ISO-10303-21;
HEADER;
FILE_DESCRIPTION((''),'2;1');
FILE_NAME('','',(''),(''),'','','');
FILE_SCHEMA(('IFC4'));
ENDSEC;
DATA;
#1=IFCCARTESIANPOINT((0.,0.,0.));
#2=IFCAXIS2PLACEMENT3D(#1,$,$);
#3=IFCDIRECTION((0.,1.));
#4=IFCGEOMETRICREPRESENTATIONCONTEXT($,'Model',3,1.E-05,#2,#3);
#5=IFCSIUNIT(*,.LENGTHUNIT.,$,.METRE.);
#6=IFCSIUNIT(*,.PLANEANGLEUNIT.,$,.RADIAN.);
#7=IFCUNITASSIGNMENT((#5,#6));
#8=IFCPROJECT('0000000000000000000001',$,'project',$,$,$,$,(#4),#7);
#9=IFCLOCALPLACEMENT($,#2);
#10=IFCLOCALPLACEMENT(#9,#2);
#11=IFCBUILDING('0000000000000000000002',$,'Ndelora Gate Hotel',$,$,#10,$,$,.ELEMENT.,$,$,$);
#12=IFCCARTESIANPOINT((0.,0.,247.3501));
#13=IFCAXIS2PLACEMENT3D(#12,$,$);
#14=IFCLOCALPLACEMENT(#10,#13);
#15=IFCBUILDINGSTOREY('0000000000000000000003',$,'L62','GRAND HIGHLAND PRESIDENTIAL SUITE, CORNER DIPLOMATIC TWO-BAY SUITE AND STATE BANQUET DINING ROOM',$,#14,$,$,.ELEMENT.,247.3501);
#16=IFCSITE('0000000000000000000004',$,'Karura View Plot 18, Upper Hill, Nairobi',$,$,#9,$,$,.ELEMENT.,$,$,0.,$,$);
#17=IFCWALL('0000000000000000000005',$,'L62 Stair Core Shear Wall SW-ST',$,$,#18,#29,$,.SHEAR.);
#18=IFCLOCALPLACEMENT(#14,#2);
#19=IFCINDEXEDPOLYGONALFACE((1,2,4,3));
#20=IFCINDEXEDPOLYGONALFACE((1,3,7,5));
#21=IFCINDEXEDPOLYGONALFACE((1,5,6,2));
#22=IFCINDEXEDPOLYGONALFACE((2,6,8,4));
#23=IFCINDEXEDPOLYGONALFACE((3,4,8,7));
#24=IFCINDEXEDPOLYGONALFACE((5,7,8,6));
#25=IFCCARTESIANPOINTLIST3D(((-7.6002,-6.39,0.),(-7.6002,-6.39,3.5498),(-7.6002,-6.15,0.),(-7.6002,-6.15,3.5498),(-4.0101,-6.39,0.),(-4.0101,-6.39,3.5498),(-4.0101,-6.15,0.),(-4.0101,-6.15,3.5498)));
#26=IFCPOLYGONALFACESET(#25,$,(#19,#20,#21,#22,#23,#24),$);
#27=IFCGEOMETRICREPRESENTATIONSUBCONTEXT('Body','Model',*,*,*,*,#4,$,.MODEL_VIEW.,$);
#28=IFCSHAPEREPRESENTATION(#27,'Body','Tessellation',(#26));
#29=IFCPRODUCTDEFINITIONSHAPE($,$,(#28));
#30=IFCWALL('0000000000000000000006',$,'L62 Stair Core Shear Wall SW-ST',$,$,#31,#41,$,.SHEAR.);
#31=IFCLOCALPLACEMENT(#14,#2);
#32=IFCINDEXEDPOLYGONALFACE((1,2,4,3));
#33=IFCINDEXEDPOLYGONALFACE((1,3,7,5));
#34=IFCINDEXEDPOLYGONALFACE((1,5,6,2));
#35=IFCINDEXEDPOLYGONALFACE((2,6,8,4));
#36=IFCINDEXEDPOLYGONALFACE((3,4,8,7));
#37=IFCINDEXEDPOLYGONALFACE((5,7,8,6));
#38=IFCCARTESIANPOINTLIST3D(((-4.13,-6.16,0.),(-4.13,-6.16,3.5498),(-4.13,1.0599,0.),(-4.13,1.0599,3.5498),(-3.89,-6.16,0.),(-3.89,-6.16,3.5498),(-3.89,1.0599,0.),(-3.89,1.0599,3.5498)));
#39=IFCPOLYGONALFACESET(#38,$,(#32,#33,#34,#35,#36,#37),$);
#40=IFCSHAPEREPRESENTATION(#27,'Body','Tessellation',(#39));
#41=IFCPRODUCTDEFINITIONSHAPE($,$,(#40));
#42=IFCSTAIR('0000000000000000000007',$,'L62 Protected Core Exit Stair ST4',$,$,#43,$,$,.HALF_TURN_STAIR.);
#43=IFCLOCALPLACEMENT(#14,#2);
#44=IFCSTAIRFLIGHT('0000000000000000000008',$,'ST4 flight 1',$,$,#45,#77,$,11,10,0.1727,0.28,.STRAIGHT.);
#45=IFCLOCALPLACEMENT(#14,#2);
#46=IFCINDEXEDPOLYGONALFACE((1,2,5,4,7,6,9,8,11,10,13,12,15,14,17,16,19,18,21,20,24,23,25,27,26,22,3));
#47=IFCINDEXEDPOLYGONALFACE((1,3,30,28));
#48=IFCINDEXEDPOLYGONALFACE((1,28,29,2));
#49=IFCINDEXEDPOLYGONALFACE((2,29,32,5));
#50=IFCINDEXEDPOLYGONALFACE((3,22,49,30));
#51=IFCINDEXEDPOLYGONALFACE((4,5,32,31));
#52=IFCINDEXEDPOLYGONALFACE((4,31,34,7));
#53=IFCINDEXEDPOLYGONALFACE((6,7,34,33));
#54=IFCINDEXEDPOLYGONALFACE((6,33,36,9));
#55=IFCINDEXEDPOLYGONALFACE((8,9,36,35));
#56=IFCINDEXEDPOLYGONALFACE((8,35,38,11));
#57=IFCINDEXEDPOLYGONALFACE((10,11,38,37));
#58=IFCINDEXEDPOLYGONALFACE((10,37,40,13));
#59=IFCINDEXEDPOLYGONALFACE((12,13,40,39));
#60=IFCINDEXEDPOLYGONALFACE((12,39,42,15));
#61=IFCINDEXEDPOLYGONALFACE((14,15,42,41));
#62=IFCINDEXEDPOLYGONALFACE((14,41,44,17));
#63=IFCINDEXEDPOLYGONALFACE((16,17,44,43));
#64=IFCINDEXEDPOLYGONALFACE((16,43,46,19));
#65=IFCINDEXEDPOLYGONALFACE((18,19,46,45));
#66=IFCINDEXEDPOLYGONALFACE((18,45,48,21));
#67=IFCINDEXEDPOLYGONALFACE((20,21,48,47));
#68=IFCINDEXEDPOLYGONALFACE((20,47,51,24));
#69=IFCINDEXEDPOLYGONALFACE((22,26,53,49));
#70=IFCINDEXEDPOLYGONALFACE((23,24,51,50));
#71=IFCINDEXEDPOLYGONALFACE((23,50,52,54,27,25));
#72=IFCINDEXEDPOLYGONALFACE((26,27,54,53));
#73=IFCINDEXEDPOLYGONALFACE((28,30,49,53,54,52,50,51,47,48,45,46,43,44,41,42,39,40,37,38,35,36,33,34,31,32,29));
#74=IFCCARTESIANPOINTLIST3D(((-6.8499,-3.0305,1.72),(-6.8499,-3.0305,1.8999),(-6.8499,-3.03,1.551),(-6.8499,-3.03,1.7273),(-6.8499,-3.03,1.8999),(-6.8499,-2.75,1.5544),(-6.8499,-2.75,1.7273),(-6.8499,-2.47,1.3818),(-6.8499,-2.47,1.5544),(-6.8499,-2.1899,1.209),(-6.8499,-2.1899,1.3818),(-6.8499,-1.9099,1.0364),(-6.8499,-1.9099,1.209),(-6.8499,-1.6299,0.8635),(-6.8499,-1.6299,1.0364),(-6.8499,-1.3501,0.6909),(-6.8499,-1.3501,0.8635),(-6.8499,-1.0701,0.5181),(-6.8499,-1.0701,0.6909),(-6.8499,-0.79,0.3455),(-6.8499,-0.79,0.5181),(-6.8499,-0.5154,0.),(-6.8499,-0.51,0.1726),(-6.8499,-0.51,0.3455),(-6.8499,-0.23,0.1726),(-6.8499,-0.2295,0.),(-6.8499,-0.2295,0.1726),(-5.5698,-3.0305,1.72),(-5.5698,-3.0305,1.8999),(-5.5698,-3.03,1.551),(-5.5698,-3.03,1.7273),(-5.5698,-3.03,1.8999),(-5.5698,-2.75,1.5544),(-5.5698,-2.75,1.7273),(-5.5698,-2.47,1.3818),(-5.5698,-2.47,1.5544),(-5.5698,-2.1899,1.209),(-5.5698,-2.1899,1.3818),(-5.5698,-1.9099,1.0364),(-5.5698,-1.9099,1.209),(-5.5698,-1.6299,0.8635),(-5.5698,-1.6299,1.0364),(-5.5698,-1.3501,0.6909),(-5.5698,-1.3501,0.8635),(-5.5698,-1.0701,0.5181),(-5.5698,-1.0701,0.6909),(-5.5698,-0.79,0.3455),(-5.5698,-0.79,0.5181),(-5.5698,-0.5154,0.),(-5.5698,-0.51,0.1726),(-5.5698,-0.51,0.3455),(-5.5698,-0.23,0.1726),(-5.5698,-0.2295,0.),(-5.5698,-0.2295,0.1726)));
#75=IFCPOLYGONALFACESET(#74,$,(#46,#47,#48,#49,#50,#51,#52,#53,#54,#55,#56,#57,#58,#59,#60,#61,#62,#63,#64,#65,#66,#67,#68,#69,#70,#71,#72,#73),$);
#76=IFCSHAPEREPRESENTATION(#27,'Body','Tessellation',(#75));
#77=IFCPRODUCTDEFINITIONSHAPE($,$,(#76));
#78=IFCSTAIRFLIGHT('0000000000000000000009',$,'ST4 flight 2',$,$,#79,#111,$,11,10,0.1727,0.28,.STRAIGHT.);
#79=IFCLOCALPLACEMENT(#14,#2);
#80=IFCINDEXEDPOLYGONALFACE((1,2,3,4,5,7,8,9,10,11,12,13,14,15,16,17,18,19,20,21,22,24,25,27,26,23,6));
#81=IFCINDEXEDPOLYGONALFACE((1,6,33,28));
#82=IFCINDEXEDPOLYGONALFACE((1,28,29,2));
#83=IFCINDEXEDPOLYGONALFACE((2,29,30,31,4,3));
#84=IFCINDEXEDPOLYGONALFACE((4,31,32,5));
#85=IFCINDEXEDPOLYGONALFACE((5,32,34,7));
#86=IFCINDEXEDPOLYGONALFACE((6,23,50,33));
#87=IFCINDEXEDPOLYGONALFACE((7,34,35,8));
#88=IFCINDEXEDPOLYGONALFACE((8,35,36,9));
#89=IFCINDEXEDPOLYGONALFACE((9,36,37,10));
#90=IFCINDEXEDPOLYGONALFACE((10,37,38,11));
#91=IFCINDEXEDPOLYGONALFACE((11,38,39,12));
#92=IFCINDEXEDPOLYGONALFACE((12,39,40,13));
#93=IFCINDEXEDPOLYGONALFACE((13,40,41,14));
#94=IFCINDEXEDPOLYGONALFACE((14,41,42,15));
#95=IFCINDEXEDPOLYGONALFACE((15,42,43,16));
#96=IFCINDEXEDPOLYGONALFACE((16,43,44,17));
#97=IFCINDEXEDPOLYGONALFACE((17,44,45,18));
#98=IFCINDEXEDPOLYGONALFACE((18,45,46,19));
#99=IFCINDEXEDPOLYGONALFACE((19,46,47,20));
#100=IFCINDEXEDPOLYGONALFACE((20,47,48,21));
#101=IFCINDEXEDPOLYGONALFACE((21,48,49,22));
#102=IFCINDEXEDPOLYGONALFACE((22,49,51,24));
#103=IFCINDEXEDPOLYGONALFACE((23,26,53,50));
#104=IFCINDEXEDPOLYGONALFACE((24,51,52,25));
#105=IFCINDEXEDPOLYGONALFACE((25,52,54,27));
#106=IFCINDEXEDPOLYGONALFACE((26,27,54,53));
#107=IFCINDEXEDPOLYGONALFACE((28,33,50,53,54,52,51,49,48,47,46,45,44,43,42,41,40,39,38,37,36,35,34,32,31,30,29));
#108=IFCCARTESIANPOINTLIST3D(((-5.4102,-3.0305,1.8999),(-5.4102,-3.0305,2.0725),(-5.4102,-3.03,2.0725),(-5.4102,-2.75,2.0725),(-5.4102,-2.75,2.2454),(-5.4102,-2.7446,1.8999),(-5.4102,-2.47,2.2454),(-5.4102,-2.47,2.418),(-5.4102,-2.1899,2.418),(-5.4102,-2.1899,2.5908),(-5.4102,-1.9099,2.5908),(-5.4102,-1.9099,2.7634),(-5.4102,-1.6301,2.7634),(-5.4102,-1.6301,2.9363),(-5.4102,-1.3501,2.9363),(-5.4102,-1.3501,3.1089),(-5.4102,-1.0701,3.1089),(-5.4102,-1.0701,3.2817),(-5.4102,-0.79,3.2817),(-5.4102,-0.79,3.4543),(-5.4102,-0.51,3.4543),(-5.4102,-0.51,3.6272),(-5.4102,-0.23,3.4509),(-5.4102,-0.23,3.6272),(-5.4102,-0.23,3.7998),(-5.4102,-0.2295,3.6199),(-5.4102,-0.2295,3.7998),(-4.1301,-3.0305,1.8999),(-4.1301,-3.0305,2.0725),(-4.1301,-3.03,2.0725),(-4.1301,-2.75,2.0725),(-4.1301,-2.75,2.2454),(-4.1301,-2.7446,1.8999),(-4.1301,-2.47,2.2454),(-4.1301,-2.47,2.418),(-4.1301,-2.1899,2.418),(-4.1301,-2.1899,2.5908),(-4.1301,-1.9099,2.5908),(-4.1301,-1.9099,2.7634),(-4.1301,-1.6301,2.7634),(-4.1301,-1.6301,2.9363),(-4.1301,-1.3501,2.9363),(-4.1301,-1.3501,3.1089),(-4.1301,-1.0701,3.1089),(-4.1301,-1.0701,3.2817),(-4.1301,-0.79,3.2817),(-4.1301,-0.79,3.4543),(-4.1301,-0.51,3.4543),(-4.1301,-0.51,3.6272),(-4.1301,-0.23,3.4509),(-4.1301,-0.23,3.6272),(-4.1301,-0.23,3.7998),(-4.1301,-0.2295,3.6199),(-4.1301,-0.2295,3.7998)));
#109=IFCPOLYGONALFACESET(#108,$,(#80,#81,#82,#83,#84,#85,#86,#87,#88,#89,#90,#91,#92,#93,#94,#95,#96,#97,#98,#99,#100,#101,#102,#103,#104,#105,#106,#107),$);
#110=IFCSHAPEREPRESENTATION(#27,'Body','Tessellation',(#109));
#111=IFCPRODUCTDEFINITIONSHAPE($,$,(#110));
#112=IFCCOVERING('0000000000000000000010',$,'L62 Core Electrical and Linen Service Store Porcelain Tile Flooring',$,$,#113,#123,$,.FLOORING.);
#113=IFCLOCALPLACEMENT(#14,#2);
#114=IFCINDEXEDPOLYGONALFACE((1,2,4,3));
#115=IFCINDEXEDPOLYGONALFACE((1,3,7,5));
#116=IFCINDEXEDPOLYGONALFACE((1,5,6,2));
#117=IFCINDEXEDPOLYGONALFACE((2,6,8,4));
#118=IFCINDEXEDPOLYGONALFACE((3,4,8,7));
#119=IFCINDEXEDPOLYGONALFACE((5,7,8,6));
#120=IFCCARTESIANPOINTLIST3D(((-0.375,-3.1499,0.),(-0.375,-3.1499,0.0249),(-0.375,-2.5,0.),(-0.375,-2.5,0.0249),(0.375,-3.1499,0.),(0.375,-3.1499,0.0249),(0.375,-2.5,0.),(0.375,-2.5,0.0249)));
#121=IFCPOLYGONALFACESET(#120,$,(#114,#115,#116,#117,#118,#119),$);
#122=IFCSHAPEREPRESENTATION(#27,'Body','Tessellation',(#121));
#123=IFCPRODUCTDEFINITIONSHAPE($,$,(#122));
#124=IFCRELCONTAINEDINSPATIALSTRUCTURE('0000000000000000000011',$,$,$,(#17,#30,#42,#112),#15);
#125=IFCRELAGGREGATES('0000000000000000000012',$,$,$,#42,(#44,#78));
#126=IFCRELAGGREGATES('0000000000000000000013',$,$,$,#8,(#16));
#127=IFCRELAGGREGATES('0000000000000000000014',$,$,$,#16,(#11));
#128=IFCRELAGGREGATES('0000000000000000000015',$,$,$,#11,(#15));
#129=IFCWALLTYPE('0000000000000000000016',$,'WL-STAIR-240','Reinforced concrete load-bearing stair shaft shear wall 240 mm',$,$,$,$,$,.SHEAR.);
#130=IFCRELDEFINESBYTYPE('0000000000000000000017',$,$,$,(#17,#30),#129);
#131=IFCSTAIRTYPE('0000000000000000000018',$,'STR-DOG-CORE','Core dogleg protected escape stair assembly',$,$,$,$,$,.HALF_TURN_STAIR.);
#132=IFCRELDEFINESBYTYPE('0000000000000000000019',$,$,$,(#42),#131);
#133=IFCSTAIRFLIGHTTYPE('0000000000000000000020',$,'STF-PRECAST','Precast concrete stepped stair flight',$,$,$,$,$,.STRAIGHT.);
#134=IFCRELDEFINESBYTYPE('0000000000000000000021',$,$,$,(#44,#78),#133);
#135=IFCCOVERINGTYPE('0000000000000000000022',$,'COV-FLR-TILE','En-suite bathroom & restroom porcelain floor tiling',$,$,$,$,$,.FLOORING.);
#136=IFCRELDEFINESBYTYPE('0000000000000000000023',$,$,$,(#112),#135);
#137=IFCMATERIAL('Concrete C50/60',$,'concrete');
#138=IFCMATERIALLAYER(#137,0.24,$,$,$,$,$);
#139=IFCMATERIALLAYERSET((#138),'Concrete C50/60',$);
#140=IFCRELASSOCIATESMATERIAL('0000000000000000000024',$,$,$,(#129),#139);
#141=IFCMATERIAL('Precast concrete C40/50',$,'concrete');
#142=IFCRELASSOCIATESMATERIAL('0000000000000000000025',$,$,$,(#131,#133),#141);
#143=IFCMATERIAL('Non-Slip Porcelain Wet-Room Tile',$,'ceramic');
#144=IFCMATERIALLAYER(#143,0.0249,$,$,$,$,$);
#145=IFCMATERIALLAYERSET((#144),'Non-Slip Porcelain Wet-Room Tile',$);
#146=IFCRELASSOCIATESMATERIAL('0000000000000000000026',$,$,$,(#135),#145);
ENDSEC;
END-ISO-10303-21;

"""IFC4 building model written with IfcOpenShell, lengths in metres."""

from ifc_helpers import new_model, si_unit, direction, frame, frame_2d, origin, origin_2d, place, context, subcontext, project, spatial, polyline, rectangle, outline, extrude, material, layer, layer_set, type_object, element, aggregate, save


model = new_model("IFC4")

# Units and contexts
model_context = context("Model", 3, precision=1e-05, world=origin(), true_north=direction((0.0, 1.0)))
body_context = subcontext(model_context, "Body", "Model", "MODEL_VIEW")
ifc_project = project(units=[si_unit("LENGTHUNIT", "METRE"), si_unit("PLANEANGLEUNIT", "RADIAN")], contexts=[model_context])

# Site, building, storey
site_placement = place(None, origin())
site = spatial("IfcSite", under=ifc_project, at=site_placement, Name="Karura View Plot 18, Upper Hill, Nairobi", CompositionType="ELEMENT", RefElevation=0.0)
building_placement = place(site_placement, origin())
building = spatial("IfcBuilding", under=site, at=building_placement, Name="Ndelora Gate Hotel", CompositionType="ELEMENT")
storey_placement = place(building_placement, frame((0.0, 0.0, 247.3501)))
storey = spatial("IfcBuildingStorey", under=building, at=storey_placement, Name="L62", Description="GRAND HIGHLAND PRESIDENTIAL SUITE, CORNER DIPLOMATIC TWO-BAY SUITE AND STATE BANQUET DINING ROOM", CompositionType="ELEMENT", Elevation=247.3501)

# Shared definitions
ifc_material_1 = material(Name="Concrete C50/60", Category="concrete")

# Walls
ifc_layer_1 = layer(ifc_material_1, 0.24)
ifc_layer_set_1 = layer_set([ifc_layer_1], Name="Concrete C50/60")
wall_type_1 = type_object("IfcWallType", Name="WL-STAIR-240", Description="Reinforced concrete load-bearing stair shaft shear wall 240 mm", PredefinedType="SHEAR", material=ifc_layer_set_1)
wall_1_placement = place(storey_placement, frame((-7.6001, -6.27, 0.0), z_axis=(0.0, 0.0, 1.0), x_axis=(1.0, 0.0, 0.0)))
element("IfcWall", 1, at=wall_1_placement, inside=storey, type_object=wall_type_1, Name="L62 Stair Core Shear Wall SW-ST", PredefinedType="SHEAR", context=body_context, shape_type="SweptSolid", body=[
    extrude(rectangle(XDim=3.5901, YDim=0.24, at=frame_2d((1.7949, 0.0))), origin(), (0.0, 0.0, 1.0), 3.5498),
])
wall_2_placement = place(storey_placement, frame((-4.01, -6.1599, 0.0), z_axis=(0.0, 0.0, 1.0), x_axis=(0.0, 1.0, 0.0)))
element("IfcWall", 2, at=wall_2_placement, inside=storey, type_object=wall_type_1, Name="L62 Stair Core Shear Wall SW-ST", PredefinedType="SHEAR", context=body_context, shape_type="SweptSolid", body=[
    extrude(rectangle(XDim=7.22, YDim=0.24, at=frame_2d((3.6099, 0.0))), origin(), (0.0, 0.0, 1.0), 3.5498),
])

# Stair, stair flights
ifc_material_2 = material(Name="Precast concrete C40/50", Category="concrete")
stair_type = type_object("IfcStairType", Name="STR-DOG-CORE", Description="Core dogleg protected escape stair assembly", PredefinedType="HALF_TURN_STAIR", material=ifc_material_2)
stair_placement = place(storey_placement, origin())
stair = element("IfcStair", 3, at=stair_placement, inside=storey, type_object=stair_type, Name="L62 Protected Core Exit Stair ST4", PredefinedType="HALF_TURN_STAIR")
stair_flight_type = type_object("IfcStairFlightType", Name="STF-PRECAST", Description="Precast concrete stepped stair flight", PredefinedType="STRAIGHT", material=ifc_material_2)
stair_flight_1_placement = place(storey_placement, frame((-6.21, -0.23, 0.0), z_axis=(0.0, 0.0, 1.0), x_axis=(0.0, -1.0, 0.0)))
stair_flight_1 = element("IfcStairFlight", 4, at=stair_flight_1_placement, type_object=stair_flight_type, Name="ST4 flight 1", NumberOfRisers=11, NumberOfTreads=10, PredefinedType="STRAIGHT", RiserHeight=0.1727, TreadLength=0.28, context=body_context, shape_type="SweptSolid", body=[
    extrude(outline(polyline([(-0.0005, 0.0), (-0.0005, 0.1726), (0.0, 0.1726), (0.28, 0.1726), (0.28, 0.3455), (0.5601, 0.3455), (0.5601, 0.5181), (0.8401, 0.5181), (0.8401, 0.6909), (1.1201, 0.6909), (1.1201, 0.8635), (1.3999, 0.8635), (1.3999, 1.0364), (1.6799, 1.0364), (1.6799, 1.209), (1.96, 1.209), (1.96, 1.3818), (2.24, 1.3818), (2.24, 1.5544), (2.52, 1.5544), (2.52, 1.7273), (2.8, 1.7273), (2.8, 1.8999), (2.8005, 1.8999), (2.8005, 1.72), (2.8, 1.551), (0.2854, 0.0), (-0.0005, 0.0)])), frame((0.0, 0.6401, 0.0), z_axis=(0.0, -1.0, 0.0), x_axis=(1.0, 0.0, 0.0)), (0.0, 0.0, 1.0), 1.28),
])
stair_flight_2_placement = place(storey_placement, frame((-4.77, -3.03, 1.8999), z_axis=(0.0, 0.0, 1.0), x_axis=(0.0, 1.0, 0.0)))
stair_flight_2 = element("IfcStairFlight", 5, at=stair_flight_2_placement, type_object=stair_flight_type, Name="ST4 flight 2", NumberOfRisers=11, NumberOfTreads=10, PredefinedType="STRAIGHT", RiserHeight=0.1727, TreadLength=0.28, context=body_context, shape_type="SweptSolid", body=[
    extrude(outline(polyline([(-0.0005, 0.0), (-0.0005, 0.1726), (0.0, 0.1726), (0.28, 0.1726), (0.28, 0.3455), (0.5601, 0.3455), (0.5601, 0.5181), (0.8401, 0.5181), (0.8401, 0.6909), (1.1201, 0.6909), (1.1201, 0.8635), (1.3999, 0.8635), (1.3999, 1.0364), (1.6799, 1.0364), (1.6799, 1.209), (1.96, 1.209), (1.96, 1.3818), (2.24, 1.3818), (2.24, 1.5544), (2.52, 1.5544), (2.52, 1.7273), (2.8, 1.7273), (2.8, 1.8999), (2.8005, 1.8999), (2.8005, 1.72), (2.8, 1.551), (0.2854, 0.0), (-0.0005, 0.0)])), frame((0.0, 0.6401, 0.0), z_axis=(0.0, -1.0, 0.0), x_axis=(1.0, 0.0, 0.0)), (0.0, 0.0, 1.0), 1.28),
])
aggregate(stair, [stair_flight_1, stair_flight_2])

# Covering
ifc_material_3 = material(Name="Non-Slip Porcelain Wet-Room Tile", Category="ceramic")
ifc_layer_2 = layer(ifc_material_3, 0.0249)
ifc_layer_set_2 = layer_set([ifc_layer_2], Name="Non-Slip Porcelain Wet-Room Tile")
covering_type = type_object("IfcCoveringType", Name="COV-FLR-TILE", Description="En-suite bathroom & restroom porcelain floor tiling", PredefinedType="FLOORING", material=ifc_layer_set_2)
covering_placement = place(storey_placement, frame((0.0, -2.825, 0.0), z_axis=(0.0, 0.0, 1.0), x_axis=(1.0, 0.0, 0.0)))
element("IfcCovering", 6, at=covering_placement, inside=storey, type_object=covering_type, Name="L62 Core Electrical and Linen Service Store Porcelain Tile Flooring", PredefinedType="FLOORING", context=body_context, shape_type="SweptSolid", body=[
    extrude(rectangle(XDim=0.75, YDim=0.6499, at=origin_2d()), origin(), (0.0, 0.0, 1.0), 0.0249),
])

save(model, "model.ifc")
